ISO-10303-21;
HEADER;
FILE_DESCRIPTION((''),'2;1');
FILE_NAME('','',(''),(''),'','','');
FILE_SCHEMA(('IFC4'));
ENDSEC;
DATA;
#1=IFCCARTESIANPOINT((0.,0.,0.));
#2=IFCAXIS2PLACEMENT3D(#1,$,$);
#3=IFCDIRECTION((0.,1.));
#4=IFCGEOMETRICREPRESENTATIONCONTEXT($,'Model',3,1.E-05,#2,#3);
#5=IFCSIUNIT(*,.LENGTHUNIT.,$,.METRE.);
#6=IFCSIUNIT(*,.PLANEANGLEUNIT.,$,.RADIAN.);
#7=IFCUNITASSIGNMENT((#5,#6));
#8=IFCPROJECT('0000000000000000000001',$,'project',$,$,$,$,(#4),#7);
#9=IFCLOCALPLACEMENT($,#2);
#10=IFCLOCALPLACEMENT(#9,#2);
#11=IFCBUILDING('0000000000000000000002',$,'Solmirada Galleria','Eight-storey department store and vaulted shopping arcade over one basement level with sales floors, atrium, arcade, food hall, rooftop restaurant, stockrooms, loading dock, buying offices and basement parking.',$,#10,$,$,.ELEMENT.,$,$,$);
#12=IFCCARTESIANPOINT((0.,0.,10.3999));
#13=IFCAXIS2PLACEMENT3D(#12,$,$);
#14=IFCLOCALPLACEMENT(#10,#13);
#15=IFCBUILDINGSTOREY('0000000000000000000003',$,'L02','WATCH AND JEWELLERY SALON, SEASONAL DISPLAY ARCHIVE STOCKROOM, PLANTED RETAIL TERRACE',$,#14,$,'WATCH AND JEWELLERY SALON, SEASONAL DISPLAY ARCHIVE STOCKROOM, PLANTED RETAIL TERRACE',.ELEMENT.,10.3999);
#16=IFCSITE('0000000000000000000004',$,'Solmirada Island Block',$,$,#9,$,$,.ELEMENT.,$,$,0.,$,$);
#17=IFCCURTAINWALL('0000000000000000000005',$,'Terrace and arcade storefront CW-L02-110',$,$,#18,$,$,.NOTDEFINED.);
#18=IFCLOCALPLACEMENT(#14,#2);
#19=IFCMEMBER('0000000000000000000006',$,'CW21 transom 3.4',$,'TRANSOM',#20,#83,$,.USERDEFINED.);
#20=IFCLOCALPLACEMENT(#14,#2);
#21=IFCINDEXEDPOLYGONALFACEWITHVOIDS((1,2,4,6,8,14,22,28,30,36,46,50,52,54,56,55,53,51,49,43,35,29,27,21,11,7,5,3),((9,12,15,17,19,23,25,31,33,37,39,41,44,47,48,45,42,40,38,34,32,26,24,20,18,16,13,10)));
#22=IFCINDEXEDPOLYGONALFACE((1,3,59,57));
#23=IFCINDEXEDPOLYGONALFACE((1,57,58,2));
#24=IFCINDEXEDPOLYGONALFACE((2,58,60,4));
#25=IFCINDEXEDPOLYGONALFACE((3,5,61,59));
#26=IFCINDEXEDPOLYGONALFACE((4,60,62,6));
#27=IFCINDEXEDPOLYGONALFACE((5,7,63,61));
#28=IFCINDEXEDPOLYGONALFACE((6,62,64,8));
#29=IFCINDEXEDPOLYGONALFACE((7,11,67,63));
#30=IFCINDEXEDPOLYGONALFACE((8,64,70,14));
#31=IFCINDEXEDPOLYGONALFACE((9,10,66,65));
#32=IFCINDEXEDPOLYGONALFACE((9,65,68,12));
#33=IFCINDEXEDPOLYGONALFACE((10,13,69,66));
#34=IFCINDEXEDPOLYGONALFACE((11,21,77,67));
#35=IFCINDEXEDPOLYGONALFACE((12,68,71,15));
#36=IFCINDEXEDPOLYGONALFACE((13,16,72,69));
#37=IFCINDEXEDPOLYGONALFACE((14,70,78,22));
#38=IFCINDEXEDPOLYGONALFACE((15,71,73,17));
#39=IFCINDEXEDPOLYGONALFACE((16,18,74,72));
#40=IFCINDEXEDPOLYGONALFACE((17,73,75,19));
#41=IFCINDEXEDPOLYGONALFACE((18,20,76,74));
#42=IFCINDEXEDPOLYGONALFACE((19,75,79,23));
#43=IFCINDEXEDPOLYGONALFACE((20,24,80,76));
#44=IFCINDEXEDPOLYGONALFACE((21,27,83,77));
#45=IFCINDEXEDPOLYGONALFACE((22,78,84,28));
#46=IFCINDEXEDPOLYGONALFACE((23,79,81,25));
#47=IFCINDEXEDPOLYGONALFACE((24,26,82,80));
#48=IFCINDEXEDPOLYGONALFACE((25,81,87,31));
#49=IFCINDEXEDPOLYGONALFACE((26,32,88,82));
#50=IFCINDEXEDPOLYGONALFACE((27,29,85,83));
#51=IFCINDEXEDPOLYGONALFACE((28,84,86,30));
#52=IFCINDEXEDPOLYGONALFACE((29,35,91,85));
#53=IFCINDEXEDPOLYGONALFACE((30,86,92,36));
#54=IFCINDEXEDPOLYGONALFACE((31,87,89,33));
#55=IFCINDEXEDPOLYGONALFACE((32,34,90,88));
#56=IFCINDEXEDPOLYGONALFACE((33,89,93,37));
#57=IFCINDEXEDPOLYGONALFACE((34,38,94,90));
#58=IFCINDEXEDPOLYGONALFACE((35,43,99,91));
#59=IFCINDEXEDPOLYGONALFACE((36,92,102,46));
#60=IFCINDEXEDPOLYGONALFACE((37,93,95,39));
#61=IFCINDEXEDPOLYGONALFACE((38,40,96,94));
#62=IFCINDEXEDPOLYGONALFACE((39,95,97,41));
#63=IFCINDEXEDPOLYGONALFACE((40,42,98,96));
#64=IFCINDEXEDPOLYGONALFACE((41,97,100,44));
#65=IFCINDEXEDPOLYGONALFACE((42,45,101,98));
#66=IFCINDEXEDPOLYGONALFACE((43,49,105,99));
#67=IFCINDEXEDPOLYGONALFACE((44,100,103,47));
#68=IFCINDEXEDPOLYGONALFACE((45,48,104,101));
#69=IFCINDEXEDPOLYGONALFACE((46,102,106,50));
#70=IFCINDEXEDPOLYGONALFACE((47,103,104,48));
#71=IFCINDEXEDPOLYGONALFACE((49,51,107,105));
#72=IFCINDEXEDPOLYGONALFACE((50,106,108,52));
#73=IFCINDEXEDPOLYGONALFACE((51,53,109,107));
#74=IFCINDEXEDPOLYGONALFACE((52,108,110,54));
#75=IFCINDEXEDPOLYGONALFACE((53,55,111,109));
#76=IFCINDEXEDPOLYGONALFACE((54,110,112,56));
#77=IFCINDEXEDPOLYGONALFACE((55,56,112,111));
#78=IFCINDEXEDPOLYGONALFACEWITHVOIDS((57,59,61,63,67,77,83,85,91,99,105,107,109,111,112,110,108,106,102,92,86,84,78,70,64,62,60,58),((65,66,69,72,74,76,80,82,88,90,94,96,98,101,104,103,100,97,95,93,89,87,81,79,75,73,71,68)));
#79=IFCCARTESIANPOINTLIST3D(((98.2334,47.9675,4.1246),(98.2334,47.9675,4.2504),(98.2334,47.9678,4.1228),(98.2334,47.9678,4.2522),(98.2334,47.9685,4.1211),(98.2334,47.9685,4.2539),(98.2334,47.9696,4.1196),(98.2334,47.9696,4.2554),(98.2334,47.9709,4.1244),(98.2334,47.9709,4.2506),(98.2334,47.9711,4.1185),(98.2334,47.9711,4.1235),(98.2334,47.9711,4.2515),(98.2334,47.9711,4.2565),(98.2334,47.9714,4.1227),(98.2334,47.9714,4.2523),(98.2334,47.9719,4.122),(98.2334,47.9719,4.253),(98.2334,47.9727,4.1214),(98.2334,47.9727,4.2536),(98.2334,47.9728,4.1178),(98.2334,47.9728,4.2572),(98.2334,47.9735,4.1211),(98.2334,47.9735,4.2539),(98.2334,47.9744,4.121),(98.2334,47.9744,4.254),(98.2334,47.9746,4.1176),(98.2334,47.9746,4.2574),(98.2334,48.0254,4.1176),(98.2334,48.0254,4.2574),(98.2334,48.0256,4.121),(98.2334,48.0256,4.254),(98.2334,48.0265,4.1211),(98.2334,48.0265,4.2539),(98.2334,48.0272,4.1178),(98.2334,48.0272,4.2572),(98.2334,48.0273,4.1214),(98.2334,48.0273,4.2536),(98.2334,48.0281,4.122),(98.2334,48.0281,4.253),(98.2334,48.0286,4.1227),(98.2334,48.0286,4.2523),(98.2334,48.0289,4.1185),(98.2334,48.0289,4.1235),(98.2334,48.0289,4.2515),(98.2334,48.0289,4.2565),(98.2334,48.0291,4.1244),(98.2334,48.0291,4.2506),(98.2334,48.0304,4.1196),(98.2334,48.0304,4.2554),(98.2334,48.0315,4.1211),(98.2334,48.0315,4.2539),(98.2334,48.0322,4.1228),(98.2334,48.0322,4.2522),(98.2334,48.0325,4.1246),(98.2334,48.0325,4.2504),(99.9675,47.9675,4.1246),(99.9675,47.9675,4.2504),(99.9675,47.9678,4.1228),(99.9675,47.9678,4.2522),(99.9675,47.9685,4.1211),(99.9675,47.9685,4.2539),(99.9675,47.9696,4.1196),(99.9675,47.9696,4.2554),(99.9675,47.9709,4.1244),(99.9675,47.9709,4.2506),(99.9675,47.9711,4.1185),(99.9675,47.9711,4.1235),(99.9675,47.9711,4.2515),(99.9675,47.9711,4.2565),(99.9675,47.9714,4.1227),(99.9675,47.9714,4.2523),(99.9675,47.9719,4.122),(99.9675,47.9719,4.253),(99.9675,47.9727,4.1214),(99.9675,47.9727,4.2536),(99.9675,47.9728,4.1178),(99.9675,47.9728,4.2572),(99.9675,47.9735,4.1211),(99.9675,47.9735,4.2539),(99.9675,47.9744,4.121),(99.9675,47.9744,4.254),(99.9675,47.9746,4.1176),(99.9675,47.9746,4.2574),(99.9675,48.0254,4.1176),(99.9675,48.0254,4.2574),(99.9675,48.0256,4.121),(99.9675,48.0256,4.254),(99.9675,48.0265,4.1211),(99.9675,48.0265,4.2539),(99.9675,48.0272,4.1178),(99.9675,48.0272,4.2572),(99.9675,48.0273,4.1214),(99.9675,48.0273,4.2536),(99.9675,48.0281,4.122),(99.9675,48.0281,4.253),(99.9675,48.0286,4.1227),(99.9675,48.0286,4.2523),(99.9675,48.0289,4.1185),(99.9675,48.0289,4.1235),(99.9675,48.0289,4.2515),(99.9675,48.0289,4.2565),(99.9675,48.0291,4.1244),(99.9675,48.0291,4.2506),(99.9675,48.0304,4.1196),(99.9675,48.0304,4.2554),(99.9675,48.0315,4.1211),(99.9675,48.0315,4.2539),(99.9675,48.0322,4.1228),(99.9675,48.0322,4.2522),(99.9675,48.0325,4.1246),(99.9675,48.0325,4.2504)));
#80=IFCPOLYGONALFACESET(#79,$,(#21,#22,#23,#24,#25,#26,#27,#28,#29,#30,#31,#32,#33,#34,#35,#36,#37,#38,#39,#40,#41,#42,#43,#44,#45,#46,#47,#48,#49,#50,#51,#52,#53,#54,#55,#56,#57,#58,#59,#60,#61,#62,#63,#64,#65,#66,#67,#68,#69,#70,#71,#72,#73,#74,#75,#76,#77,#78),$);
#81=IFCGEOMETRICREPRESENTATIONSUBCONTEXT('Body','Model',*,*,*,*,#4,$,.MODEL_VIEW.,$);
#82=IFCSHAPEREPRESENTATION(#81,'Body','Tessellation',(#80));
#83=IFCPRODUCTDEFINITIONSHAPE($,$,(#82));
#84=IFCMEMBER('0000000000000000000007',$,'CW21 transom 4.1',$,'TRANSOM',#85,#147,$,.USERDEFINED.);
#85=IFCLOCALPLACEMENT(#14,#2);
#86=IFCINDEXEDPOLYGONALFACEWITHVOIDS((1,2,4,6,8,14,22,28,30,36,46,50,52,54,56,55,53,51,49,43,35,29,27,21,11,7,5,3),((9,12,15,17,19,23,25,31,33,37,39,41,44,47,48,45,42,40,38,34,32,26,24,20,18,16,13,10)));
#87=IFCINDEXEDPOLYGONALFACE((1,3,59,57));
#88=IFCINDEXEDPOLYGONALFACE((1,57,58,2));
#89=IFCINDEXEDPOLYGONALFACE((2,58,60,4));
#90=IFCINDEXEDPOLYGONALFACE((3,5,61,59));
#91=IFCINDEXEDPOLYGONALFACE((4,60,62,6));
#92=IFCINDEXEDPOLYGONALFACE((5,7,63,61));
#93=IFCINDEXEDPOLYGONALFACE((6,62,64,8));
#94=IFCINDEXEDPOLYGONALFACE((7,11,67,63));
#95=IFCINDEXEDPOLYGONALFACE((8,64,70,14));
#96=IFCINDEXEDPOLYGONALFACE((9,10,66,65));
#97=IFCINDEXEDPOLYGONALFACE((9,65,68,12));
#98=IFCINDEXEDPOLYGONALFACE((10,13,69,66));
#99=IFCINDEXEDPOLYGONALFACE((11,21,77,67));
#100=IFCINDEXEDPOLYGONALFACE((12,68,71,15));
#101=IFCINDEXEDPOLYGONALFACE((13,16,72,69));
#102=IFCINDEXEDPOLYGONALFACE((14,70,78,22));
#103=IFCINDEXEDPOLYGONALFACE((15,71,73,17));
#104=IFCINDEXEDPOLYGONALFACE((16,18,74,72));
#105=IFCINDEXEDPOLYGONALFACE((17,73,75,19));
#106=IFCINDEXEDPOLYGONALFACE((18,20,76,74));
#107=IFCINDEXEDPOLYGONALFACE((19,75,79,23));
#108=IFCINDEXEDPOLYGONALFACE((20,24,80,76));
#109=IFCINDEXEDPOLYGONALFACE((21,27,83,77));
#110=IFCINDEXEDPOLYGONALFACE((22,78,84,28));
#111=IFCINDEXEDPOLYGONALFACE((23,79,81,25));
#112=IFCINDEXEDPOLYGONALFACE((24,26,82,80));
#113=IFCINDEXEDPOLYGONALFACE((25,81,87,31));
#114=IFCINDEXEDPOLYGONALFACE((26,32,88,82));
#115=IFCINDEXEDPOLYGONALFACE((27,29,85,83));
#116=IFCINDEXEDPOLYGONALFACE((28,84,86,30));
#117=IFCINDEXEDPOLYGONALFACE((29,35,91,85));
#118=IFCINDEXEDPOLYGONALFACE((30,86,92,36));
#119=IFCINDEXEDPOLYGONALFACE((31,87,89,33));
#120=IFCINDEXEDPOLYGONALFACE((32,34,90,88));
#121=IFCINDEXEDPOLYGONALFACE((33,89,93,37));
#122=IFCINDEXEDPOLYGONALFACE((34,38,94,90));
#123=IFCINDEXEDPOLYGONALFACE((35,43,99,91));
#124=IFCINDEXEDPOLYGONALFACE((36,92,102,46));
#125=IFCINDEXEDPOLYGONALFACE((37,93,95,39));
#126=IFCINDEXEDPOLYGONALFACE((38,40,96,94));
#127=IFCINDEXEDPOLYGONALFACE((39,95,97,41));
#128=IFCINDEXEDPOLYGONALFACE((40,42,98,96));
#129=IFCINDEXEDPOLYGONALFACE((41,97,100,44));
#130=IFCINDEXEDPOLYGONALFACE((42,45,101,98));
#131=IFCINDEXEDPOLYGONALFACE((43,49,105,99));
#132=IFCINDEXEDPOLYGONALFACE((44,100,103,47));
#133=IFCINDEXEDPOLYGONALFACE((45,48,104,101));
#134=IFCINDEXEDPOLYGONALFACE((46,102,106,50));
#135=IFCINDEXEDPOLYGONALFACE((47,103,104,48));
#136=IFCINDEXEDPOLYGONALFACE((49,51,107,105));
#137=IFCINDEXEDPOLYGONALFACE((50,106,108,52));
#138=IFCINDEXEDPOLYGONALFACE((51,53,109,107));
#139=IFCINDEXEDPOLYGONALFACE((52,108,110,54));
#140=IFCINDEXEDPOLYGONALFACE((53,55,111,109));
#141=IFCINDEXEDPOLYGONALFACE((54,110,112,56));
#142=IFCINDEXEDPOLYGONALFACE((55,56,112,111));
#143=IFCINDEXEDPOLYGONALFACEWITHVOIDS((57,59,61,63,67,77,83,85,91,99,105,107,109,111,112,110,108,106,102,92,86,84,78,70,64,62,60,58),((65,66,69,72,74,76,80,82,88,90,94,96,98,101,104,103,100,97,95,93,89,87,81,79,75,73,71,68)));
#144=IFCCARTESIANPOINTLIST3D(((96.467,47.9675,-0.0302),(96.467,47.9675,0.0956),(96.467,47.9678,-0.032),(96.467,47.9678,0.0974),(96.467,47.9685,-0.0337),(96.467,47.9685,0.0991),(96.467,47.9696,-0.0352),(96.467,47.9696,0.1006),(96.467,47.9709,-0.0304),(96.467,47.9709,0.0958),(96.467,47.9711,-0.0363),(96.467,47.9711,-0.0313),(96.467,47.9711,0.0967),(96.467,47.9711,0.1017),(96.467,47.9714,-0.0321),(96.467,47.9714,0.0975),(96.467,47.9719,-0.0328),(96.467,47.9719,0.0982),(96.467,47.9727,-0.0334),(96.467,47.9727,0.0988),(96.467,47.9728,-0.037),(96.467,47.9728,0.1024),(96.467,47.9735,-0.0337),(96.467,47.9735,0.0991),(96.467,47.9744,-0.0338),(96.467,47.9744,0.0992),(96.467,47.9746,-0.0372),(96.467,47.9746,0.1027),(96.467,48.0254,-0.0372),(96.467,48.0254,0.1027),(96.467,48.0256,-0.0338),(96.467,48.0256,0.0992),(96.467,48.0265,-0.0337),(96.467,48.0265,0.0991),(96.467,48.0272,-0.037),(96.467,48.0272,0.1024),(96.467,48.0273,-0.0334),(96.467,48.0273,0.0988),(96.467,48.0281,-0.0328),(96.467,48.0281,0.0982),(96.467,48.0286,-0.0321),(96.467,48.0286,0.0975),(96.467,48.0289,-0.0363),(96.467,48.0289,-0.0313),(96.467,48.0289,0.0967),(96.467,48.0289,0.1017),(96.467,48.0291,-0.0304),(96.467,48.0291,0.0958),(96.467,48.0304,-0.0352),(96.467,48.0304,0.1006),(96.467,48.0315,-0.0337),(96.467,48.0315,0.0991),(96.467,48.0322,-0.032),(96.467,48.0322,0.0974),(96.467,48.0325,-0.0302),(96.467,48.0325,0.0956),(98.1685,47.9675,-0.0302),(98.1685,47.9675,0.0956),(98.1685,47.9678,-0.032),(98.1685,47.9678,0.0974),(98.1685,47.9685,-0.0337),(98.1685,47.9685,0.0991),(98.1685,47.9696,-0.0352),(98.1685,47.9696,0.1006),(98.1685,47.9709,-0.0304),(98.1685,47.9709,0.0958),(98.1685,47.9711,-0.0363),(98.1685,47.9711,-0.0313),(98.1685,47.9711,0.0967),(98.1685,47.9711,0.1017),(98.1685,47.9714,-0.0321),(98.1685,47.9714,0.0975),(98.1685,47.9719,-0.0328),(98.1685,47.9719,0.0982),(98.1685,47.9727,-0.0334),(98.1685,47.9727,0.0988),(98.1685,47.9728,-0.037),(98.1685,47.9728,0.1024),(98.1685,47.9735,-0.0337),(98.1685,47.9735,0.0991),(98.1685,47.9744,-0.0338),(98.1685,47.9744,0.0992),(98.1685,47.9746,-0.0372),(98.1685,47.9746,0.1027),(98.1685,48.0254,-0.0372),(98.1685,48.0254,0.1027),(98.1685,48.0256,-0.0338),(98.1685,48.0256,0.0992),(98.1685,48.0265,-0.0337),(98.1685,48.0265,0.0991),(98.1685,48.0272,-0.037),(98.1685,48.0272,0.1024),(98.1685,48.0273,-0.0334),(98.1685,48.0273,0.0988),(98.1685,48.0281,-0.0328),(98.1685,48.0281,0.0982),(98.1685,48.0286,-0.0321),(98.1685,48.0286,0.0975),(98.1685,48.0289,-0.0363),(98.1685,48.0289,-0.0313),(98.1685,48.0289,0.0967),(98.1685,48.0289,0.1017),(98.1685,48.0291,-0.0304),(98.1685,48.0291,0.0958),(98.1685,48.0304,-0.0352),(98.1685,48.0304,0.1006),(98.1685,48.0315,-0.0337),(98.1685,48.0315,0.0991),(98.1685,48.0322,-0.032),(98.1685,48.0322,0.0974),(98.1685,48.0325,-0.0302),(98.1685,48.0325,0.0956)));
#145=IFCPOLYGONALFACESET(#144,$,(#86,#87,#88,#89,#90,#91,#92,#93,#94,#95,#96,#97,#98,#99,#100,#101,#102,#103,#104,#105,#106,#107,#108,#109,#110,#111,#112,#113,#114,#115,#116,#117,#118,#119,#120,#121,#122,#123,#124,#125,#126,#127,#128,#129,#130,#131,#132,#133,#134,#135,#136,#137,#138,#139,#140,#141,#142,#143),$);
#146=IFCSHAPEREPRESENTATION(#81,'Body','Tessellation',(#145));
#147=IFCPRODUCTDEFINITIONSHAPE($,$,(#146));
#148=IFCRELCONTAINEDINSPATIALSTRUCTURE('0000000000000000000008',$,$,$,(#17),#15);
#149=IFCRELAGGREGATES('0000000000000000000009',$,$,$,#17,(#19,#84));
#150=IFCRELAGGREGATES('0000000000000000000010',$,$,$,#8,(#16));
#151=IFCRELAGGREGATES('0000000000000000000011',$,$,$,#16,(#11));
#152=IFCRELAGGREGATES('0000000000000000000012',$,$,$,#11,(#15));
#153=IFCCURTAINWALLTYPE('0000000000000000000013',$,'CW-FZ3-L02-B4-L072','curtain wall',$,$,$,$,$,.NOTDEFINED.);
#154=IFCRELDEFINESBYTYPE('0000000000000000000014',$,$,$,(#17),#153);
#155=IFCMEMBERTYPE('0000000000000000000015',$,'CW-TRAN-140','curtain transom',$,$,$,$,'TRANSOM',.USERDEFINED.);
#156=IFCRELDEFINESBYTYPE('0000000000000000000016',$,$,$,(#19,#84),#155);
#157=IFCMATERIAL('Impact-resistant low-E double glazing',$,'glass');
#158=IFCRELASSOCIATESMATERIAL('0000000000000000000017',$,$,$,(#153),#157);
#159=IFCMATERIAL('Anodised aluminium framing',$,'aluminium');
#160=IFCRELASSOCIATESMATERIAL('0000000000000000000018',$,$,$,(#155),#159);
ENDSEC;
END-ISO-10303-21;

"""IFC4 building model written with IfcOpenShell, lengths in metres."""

from ifc_helpers import new_model, si_unit, direction, frame, origin, origin_2d, place, context, subcontext, project, spatial, hollow_rectangle, extrude, material, material_profile, profile_set, type_object, element, aggregate, save


model = new_model("IFC4")

# Units and contexts
model_context = context("Model", 3, precision=1e-05, world=origin(), true_north=direction((0.0, 1.0)))
body_context = subcontext(model_context, "Body", "Model", "MODEL_VIEW")
ifc_project = project(units=[si_unit("LENGTHUNIT", "METRE"), si_unit("PLANEANGLEUNIT", "RADIAN")], contexts=[model_context])

# Site, building, storey
site_placement = place(None, origin())
site = spatial("IfcSite", under=ifc_project, at=site_placement, Name="Solmirada Island Block", CompositionType="ELEMENT", RefElevation=0.0)
building_placement = place(site_placement, origin())
building = spatial("IfcBuilding", under=site, at=building_placement, Name="Solmirada Galleria", Description="Eight-storey department store and vaulted shopping arcade over one basement level with sales floors, atrium, arcade, food hall, rooftop restaurant, stockrooms, loading dock, buying offices and basement parking.", CompositionType="ELEMENT")
storey_placement = place(building_placement, frame((0.0, 0.0, 10.3999)))
storey = spatial("IfcBuildingStorey", under=building, at=storey_placement, Name="L02", Description="WATCH AND JEWELLERY SALON, SEASONAL DISPLAY ARCHIVE STOCKROOM, PLANTED RETAIL TERRACE", LongName="WATCH AND JEWELLERY SALON, SEASONAL DISPLAY ARCHIVE STOCKROOM, PLANTED RETAIL TERRACE", CompositionType="ELEMENT", Elevation=10.3999)

# Curtain wall, members
ifc_material_1 = material(Name="Impact-resistant low-E double glazing", Category="glass")
curtain_wall_type = type_object("IfcCurtainWallType", Name="CW-FZ3-L02-B4-L072", Description="curtain wall", PredefinedType="NOTDEFINED", material=ifc_material_1)
curtain_wall_placement = place(storey_placement, origin())
curtain_wall = element("IfcCurtainWall", 1, at=curtain_wall_placement, inside=storey, type_object=curtain_wall_type, Name="Terrace and arcade storefront CW-L02-110", PredefinedType="NOTDEFINED")
ifc_material_2 = material(Name="Anodised aluminium framing", Category="aluminium")
ifc_material_profile_1 = material_profile(ifc_material_2, hollow_rectangle(XDim=0.0649, YDim=0.1399, WallThickness=0.0034, InnerFilletRadius=0.0034, OuterFilletRadius=0.0071, at=origin_2d()), Name="ALU-TRAN-140X65")
ifc_profile_set_1 = profile_set([ifc_material_profile_1], Name="Anodised aluminium framing")
member_type_1 = type_object("IfcMemberType", Name="CW-TRAN-140", Description="curtain transom", ElementType="TRANSOM", PredefinedType="USERDEFINED", material=ifc_profile_set_1)
member_1_placement = place(storey_placement, frame((99.9675, 48.0, 4.1875), z_axis=(-1.0, 0.0, 0.0), x_axis=(0.0, -1.0, 0.0)))
member_1 = element("IfcMember", 2, at=member_1_placement, type_object=member_type_1, Name="CW21 transom 3.4", ObjectType="TRANSOM", PredefinedType="USERDEFINED", context=body_context, shape_type="SweptSolid", body=[
    extrude(hollow_rectangle(XDim=0.0649, YDim=0.1399, WallThickness=0.0034, InnerFilletRadius=0.0034, OuterFilletRadius=0.0071, at=origin_2d()), origin(), (0.0, 0.0, 1.0), 1.7341),
])
member_2_placement = place(storey_placement, frame((98.1685, 48.0, 0.0327), z_axis=(-1.0, 0.0, 0.0), x_axis=(0.0, -1.0, 0.0)))
member_2 = element("IfcMember", 3, at=member_2_placement, type_object=member_type_1, Name="CW21 transom 4.1", ObjectType="TRANSOM", PredefinedType="USERDEFINED", context=body_context, shape_type="SweptSolid", body=[
    extrude(hollow_rectangle(XDim=0.0649, YDim=0.1399, WallThickness=0.0034, InnerFilletRadius=0.0034, OuterFilletRadius=0.0071, at=origin_2d()), origin(), (0.0, 0.0, 1.0), 1.7014),
])
aggregate(curtain_wall, [member_1, member_2])

save(model, "model.ifc")
